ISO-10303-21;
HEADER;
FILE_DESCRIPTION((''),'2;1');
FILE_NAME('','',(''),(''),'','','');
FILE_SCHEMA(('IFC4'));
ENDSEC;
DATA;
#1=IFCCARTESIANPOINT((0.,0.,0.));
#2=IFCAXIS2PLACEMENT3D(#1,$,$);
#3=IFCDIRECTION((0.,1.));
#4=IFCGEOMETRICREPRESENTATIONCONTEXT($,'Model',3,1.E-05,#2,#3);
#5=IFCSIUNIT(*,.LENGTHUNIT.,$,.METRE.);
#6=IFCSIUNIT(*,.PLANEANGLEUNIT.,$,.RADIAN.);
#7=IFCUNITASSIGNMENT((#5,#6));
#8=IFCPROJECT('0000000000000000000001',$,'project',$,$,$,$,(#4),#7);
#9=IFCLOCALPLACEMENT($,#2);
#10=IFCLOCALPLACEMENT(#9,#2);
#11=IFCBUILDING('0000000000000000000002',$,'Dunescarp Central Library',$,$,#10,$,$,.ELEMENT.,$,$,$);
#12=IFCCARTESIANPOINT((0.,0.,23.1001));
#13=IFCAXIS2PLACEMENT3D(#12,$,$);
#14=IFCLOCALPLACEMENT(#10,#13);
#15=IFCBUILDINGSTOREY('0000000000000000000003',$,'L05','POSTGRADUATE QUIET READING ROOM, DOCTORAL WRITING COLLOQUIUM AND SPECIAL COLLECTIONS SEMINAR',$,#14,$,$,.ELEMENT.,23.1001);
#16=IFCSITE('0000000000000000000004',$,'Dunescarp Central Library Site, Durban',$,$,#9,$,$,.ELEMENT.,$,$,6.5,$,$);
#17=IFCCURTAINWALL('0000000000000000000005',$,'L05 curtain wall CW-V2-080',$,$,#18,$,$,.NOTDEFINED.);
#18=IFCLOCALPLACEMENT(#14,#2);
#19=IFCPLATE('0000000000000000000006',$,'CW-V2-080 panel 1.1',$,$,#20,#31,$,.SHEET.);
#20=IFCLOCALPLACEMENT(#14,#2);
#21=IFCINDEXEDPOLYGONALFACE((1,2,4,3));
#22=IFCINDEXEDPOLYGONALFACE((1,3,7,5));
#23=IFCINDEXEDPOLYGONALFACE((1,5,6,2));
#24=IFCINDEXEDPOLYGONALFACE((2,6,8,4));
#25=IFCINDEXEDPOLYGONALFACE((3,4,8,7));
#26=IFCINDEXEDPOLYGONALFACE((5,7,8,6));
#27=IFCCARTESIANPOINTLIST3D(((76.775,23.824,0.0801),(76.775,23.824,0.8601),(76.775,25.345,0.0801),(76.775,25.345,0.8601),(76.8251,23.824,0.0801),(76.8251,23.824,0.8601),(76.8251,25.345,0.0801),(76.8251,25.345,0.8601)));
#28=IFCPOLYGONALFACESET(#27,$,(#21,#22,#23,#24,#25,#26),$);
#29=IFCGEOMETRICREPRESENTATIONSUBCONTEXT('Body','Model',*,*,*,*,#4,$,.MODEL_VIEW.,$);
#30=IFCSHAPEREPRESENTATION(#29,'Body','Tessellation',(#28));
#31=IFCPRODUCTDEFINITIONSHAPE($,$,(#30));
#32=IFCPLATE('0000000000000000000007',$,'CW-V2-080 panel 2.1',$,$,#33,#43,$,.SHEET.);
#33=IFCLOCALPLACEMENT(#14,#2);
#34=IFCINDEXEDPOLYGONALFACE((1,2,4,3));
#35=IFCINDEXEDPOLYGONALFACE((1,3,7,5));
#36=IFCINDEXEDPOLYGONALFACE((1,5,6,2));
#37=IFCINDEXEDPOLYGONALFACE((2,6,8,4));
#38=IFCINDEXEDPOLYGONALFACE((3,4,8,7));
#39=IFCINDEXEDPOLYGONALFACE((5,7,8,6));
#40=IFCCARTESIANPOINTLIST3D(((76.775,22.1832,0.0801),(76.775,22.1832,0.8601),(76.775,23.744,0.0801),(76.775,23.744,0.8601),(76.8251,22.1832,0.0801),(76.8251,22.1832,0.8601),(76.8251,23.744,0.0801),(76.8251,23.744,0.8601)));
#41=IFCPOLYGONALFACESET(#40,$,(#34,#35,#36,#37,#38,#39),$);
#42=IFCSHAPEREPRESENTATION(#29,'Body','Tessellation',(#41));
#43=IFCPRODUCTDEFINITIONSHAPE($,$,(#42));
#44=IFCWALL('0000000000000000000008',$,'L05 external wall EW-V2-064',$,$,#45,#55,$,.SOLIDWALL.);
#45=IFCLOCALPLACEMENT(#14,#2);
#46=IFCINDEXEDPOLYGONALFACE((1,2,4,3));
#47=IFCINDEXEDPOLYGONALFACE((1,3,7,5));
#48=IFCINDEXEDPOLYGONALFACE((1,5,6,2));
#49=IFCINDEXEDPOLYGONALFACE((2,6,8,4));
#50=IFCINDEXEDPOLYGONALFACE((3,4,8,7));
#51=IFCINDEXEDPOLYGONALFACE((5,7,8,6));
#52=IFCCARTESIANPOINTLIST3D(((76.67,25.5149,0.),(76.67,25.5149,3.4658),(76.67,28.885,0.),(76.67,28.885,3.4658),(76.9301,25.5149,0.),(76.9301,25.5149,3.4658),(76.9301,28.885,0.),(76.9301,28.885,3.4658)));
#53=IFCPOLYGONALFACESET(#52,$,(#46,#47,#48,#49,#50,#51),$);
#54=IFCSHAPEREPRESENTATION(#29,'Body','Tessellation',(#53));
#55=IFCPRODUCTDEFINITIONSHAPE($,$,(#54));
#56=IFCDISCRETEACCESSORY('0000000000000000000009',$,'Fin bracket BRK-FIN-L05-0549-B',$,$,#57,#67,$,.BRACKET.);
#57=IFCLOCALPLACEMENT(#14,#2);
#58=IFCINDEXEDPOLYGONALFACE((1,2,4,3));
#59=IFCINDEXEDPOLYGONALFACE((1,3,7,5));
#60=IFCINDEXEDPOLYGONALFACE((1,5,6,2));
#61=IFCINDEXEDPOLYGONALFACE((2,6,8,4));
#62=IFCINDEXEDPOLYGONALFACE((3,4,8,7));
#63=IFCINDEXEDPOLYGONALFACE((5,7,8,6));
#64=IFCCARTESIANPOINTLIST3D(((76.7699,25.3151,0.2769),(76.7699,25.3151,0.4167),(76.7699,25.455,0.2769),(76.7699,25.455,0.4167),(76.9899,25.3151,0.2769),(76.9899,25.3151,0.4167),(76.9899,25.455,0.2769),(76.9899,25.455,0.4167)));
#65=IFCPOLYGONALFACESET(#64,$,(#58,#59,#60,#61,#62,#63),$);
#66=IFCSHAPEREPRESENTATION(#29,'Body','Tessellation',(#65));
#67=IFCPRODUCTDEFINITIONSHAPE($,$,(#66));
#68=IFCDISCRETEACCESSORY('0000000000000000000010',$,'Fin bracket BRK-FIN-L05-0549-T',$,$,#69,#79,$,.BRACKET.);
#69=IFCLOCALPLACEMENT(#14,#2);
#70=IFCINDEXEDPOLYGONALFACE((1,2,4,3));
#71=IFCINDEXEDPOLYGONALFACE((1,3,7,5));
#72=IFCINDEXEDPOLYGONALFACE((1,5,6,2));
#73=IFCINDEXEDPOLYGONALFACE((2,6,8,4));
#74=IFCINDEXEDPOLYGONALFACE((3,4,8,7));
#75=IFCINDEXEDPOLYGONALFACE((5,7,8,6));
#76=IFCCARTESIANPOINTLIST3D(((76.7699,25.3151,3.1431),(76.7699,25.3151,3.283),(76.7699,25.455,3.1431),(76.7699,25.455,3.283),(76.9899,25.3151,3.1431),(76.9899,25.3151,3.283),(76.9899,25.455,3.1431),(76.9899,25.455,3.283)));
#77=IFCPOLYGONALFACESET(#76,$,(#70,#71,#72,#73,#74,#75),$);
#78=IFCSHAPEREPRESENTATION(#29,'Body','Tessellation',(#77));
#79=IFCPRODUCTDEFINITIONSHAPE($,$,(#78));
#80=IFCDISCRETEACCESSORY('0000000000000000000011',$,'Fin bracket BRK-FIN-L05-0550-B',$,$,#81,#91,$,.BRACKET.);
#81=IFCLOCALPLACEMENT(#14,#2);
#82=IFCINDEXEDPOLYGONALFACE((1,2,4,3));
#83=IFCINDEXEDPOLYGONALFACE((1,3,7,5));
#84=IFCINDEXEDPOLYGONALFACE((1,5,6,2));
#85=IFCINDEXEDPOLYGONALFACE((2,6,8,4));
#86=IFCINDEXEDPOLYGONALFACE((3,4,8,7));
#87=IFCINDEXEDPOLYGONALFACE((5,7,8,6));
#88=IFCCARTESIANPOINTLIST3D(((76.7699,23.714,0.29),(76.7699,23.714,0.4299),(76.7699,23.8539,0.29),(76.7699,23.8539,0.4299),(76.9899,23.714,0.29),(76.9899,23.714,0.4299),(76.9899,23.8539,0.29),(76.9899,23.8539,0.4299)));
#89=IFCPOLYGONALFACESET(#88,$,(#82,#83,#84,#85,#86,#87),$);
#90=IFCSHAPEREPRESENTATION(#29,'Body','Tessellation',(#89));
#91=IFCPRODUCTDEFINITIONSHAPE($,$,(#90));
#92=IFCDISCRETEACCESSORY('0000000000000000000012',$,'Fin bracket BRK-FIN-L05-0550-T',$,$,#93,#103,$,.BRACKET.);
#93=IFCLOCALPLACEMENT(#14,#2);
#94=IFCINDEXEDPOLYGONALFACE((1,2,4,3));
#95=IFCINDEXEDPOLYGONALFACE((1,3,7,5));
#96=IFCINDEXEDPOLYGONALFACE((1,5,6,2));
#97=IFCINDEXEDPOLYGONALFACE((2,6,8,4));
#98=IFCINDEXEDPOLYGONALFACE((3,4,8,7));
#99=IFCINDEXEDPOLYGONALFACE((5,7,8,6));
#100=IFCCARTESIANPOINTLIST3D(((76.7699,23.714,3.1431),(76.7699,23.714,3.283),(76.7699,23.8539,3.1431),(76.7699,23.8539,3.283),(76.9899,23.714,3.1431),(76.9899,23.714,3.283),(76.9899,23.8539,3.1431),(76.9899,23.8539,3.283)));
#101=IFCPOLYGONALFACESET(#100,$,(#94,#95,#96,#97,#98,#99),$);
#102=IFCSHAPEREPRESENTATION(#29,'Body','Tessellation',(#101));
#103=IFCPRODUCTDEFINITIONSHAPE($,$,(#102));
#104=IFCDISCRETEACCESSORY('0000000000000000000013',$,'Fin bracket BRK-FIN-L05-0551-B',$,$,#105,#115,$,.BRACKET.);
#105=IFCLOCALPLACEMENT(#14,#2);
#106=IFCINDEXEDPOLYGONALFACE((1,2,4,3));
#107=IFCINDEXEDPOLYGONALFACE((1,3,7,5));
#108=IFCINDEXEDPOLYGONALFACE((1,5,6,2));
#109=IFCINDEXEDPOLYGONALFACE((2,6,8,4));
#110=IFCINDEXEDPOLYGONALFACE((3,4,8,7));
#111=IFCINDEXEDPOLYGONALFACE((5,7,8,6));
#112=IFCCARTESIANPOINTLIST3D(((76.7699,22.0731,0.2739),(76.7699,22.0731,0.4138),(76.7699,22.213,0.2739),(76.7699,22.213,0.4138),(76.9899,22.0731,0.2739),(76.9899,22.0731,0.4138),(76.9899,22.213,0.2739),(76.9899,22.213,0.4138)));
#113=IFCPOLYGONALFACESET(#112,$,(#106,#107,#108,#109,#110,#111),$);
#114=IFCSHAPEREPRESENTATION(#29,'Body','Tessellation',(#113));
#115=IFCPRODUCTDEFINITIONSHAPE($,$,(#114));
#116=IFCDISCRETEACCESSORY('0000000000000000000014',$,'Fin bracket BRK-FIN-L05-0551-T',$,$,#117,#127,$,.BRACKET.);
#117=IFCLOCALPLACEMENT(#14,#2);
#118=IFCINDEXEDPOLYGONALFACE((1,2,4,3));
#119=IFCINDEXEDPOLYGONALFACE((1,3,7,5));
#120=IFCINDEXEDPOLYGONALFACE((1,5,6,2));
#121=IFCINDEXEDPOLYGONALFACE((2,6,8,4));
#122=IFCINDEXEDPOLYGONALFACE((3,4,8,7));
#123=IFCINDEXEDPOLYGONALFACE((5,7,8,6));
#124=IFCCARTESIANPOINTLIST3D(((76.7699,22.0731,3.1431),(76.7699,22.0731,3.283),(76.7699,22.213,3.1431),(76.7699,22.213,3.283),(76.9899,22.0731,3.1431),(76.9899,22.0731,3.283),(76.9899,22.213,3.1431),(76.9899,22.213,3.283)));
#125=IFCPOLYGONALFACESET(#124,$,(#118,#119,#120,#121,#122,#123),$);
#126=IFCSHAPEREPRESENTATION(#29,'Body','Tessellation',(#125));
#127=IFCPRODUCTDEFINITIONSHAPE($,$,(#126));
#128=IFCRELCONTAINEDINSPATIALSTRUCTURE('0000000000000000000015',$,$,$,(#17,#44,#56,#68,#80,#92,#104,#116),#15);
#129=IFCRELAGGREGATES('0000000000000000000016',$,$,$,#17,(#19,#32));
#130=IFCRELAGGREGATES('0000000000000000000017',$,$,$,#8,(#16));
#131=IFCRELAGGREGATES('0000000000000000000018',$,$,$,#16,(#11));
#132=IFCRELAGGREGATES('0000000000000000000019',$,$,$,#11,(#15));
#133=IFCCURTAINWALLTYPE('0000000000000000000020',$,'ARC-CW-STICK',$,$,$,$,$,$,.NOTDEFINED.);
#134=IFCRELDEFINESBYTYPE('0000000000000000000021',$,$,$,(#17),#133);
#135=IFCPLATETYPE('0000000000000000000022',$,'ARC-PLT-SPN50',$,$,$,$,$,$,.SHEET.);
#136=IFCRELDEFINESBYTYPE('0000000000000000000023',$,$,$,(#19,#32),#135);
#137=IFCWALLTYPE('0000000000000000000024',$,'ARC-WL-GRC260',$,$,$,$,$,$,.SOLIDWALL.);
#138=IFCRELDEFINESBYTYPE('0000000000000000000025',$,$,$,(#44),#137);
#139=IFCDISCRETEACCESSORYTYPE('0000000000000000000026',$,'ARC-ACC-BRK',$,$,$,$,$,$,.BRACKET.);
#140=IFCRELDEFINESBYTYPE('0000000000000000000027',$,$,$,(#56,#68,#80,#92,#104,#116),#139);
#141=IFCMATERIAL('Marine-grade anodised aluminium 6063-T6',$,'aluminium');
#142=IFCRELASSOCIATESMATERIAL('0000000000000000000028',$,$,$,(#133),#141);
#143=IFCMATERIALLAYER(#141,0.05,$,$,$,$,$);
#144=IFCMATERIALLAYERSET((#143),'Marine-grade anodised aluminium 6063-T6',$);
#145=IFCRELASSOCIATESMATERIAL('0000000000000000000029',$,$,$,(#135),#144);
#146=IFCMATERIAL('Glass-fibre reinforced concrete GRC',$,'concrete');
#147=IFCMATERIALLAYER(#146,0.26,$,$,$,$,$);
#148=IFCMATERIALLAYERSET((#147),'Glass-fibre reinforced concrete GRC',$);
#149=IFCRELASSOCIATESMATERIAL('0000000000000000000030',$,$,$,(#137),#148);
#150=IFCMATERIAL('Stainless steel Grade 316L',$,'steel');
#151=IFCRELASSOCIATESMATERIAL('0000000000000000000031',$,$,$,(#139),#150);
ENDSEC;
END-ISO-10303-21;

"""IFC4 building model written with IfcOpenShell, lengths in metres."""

from ifc_helpers import new_model, si_unit, direction, frame, frame_2d, origin, origin_2d, place, context, subcontext, project, spatial, rectangle, extrude, material, layer, layer_set, type_object, element, aggregate, save


model = new_model("IFC4")

# Units and contexts
model_context = context("Model", 3, precision=1e-05, world=origin(), true_north=direction((0.0, 1.0)))
body_context = subcontext(model_context, "Body", "Model", "MODEL_VIEW")
ifc_project = project(units=[si_unit("LENGTHUNIT", "METRE"), si_unit("PLANEANGLEUNIT", "RADIAN")], contexts=[model_context])

# Site, building, storey
site_placement = place(None, origin())
site = spatial("IfcSite", under=ifc_project, at=site_placement, Name="Dunescarp Central Library Site, Durban", CompositionType="ELEMENT", RefElevation=6.5)
building_placement = place(site_placement, origin())
building = spatial("IfcBuilding", under=site, at=building_placement, Name="Dunescarp Central Library", CompositionType="ELEMENT")
storey_placement = place(building_placement, frame((0.0, 0.0, 23.1001)))
storey = spatial("IfcBuildingStorey", under=building, at=storey_placement, Name="L05", Description="POSTGRADUATE QUIET READING ROOM, DOCTORAL WRITING COLLOQUIUM AND SPECIAL COLLECTIONS SEMINAR", CompositionType="ELEMENT", Elevation=23.1001)

# Curtain wall
ifc_material_1 = material(Name="Marine-grade anodised aluminium 6063-T6", Category="aluminium")
curtain_wall_type = type_object("IfcCurtainWallType", Name="ARC-CW-STICK", PredefinedType="NOTDEFINED", material=ifc_material_1)
curtain_wall_placement = place(storey_placement, origin())
curtain_wall = element("IfcCurtainWall", 1, at=curtain_wall_placement, inside=storey, type_object=curtain_wall_type, Name="L05 curtain wall CW-V2-080", PredefinedType="NOTDEFINED")

# Plates
ifc_layer_1 = layer(ifc_material_1, 0.05)
ifc_layer_set_1 = layer_set([ifc_layer_1], Name="Marine-grade anodised aluminium 6063-T6")
plate_type_1 = type_object("IfcPlateType", Name="ARC-PLT-SPN50", PredefinedType="SHEET", material=ifc_layer_set_1)
plate_1_placement = place(storey_placement, frame((76.8, 24.5845, 0.0801), z_axis=(0.0, 0.0, 1.0), x_axis=(0.0, -1.0, 0.0)))
plate_1 = element("IfcPlate", 2, at=plate_1_placement, type_object=plate_type_1, Name="CW-V2-080 panel 1.1", PredefinedType="SHEET", context=body_context, shape_type="SweptSolid", body=[
    extrude(rectangle(XDim=1.521, YDim=0.05, at=origin_2d()), origin(), (0.0, 0.0, 1.0), 0.78),
])
plate_2_placement = place(storey_placement, frame((76.8, 22.9636, 0.0801), z_axis=(0.0, 0.0, 1.0), x_axis=(0.0, -1.0, 0.0)))
plate_2 = element("IfcPlate", 3, at=plate_2_placement, type_object=plate_type_1, Name="CW-V2-080 panel 2.1", PredefinedType="SHEET", context=body_context, shape_type="SweptSolid", body=[
    extrude(rectangle(XDim=1.5608, YDim=0.05, at=origin_2d()), origin(), (0.0, 0.0, 1.0), 0.78),
])
aggregate(curtain_wall, [plate_1, plate_2])

# Wall
ifc_material_2 = material(Name="Glass-fibre reinforced concrete GRC", Category="concrete")
ifc_layer_2 = layer(ifc_material_2, 0.26)
ifc_layer_set_2 = layer_set([ifc_layer_2], Name="Glass-fibre reinforced concrete GRC")
wall_type = type_object("IfcWallType", Name="ARC-WL-GRC260", PredefinedType="SOLIDWALL", material=ifc_layer_set_2)
wall_placement = place(storey_placement, frame((76.8, 28.885, 0.0), z_axis=(0.0, 0.0, 1.0), x_axis=(0.0, -1.0, 0.0)))
element("IfcWall", 4, at=wall_placement, inside=storey, type_object=wall_type, Name="L05 external wall EW-V2-064", PredefinedType="SOLIDWALL", context=body_context, shape_type="SweptSolid", body=[
    extrude(rectangle(XDim=3.3701, YDim=0.26, at=frame_2d((1.6851, 0.0))), origin(), (0.0, 0.0, 1.0), 3.4658),
])

# Discrete accessories
ifc_material_3 = material(Name="Stainless steel Grade 316L", Category="steel")
discrete_accessory_type = type_object("IfcDiscreteAccessoryType", Name="ARC-ACC-BRK", PredefinedType="BRACKET", material=ifc_material_3)
for number, where, z_axis, x_axis, name in (
    (5, (76.8799, 25.385, 0.2769), (0.0, 0.0, 1.0), (1.0, 0.0, 0.0), "Fin bracket BRK-FIN-L05-0549-B"),
    (6, (76.8799, 25.385, 3.1431), (0.0, 0.0, 1.0), (1.0, 0.0, 0.0), "Fin bracket BRK-FIN-L05-0549-T"),
    (7, (76.8799, 23.7839, 0.29), (0.0, 0.0, 1.0), (1.0, 0.0, 0.0), "Fin bracket BRK-FIN-L05-0550-B"),
    (8, (76.8799, 23.7839, 3.1431), (0.0, 0.0, 1.0), (1.0, 0.0, 0.0), "Fin bracket BRK-FIN-L05-0550-T"),
    (9, (76.8799, 22.1431, 0.2739), (0.0, 0.0, 1.0), (1.0, 0.0, 0.0), "Fin bracket BRK-FIN-L05-0551-B"),
    (10, (76.8799, 22.1431, 3.1431), (0.0, 0.0, 1.0), (1.0, 0.0, 0.0), "Fin bracket BRK-FIN-L05-0551-T"),
):
    element("IfcDiscreteAccessory", number, at=place(storey_placement, frame(where, z_axis=z_axis, x_axis=x_axis)), inside=storey, type_object=discrete_accessory_type, Name=name, PredefinedType="BRACKET", context=body_context, shape_type="SweptSolid", body=[
        extrude(rectangle(XDim=0.22, YDim=0.1399, at=origin_2d()), origin(), (0.0, 0.0, 1.0), 0.1399),
    ])

save(model, "model.ifc")
